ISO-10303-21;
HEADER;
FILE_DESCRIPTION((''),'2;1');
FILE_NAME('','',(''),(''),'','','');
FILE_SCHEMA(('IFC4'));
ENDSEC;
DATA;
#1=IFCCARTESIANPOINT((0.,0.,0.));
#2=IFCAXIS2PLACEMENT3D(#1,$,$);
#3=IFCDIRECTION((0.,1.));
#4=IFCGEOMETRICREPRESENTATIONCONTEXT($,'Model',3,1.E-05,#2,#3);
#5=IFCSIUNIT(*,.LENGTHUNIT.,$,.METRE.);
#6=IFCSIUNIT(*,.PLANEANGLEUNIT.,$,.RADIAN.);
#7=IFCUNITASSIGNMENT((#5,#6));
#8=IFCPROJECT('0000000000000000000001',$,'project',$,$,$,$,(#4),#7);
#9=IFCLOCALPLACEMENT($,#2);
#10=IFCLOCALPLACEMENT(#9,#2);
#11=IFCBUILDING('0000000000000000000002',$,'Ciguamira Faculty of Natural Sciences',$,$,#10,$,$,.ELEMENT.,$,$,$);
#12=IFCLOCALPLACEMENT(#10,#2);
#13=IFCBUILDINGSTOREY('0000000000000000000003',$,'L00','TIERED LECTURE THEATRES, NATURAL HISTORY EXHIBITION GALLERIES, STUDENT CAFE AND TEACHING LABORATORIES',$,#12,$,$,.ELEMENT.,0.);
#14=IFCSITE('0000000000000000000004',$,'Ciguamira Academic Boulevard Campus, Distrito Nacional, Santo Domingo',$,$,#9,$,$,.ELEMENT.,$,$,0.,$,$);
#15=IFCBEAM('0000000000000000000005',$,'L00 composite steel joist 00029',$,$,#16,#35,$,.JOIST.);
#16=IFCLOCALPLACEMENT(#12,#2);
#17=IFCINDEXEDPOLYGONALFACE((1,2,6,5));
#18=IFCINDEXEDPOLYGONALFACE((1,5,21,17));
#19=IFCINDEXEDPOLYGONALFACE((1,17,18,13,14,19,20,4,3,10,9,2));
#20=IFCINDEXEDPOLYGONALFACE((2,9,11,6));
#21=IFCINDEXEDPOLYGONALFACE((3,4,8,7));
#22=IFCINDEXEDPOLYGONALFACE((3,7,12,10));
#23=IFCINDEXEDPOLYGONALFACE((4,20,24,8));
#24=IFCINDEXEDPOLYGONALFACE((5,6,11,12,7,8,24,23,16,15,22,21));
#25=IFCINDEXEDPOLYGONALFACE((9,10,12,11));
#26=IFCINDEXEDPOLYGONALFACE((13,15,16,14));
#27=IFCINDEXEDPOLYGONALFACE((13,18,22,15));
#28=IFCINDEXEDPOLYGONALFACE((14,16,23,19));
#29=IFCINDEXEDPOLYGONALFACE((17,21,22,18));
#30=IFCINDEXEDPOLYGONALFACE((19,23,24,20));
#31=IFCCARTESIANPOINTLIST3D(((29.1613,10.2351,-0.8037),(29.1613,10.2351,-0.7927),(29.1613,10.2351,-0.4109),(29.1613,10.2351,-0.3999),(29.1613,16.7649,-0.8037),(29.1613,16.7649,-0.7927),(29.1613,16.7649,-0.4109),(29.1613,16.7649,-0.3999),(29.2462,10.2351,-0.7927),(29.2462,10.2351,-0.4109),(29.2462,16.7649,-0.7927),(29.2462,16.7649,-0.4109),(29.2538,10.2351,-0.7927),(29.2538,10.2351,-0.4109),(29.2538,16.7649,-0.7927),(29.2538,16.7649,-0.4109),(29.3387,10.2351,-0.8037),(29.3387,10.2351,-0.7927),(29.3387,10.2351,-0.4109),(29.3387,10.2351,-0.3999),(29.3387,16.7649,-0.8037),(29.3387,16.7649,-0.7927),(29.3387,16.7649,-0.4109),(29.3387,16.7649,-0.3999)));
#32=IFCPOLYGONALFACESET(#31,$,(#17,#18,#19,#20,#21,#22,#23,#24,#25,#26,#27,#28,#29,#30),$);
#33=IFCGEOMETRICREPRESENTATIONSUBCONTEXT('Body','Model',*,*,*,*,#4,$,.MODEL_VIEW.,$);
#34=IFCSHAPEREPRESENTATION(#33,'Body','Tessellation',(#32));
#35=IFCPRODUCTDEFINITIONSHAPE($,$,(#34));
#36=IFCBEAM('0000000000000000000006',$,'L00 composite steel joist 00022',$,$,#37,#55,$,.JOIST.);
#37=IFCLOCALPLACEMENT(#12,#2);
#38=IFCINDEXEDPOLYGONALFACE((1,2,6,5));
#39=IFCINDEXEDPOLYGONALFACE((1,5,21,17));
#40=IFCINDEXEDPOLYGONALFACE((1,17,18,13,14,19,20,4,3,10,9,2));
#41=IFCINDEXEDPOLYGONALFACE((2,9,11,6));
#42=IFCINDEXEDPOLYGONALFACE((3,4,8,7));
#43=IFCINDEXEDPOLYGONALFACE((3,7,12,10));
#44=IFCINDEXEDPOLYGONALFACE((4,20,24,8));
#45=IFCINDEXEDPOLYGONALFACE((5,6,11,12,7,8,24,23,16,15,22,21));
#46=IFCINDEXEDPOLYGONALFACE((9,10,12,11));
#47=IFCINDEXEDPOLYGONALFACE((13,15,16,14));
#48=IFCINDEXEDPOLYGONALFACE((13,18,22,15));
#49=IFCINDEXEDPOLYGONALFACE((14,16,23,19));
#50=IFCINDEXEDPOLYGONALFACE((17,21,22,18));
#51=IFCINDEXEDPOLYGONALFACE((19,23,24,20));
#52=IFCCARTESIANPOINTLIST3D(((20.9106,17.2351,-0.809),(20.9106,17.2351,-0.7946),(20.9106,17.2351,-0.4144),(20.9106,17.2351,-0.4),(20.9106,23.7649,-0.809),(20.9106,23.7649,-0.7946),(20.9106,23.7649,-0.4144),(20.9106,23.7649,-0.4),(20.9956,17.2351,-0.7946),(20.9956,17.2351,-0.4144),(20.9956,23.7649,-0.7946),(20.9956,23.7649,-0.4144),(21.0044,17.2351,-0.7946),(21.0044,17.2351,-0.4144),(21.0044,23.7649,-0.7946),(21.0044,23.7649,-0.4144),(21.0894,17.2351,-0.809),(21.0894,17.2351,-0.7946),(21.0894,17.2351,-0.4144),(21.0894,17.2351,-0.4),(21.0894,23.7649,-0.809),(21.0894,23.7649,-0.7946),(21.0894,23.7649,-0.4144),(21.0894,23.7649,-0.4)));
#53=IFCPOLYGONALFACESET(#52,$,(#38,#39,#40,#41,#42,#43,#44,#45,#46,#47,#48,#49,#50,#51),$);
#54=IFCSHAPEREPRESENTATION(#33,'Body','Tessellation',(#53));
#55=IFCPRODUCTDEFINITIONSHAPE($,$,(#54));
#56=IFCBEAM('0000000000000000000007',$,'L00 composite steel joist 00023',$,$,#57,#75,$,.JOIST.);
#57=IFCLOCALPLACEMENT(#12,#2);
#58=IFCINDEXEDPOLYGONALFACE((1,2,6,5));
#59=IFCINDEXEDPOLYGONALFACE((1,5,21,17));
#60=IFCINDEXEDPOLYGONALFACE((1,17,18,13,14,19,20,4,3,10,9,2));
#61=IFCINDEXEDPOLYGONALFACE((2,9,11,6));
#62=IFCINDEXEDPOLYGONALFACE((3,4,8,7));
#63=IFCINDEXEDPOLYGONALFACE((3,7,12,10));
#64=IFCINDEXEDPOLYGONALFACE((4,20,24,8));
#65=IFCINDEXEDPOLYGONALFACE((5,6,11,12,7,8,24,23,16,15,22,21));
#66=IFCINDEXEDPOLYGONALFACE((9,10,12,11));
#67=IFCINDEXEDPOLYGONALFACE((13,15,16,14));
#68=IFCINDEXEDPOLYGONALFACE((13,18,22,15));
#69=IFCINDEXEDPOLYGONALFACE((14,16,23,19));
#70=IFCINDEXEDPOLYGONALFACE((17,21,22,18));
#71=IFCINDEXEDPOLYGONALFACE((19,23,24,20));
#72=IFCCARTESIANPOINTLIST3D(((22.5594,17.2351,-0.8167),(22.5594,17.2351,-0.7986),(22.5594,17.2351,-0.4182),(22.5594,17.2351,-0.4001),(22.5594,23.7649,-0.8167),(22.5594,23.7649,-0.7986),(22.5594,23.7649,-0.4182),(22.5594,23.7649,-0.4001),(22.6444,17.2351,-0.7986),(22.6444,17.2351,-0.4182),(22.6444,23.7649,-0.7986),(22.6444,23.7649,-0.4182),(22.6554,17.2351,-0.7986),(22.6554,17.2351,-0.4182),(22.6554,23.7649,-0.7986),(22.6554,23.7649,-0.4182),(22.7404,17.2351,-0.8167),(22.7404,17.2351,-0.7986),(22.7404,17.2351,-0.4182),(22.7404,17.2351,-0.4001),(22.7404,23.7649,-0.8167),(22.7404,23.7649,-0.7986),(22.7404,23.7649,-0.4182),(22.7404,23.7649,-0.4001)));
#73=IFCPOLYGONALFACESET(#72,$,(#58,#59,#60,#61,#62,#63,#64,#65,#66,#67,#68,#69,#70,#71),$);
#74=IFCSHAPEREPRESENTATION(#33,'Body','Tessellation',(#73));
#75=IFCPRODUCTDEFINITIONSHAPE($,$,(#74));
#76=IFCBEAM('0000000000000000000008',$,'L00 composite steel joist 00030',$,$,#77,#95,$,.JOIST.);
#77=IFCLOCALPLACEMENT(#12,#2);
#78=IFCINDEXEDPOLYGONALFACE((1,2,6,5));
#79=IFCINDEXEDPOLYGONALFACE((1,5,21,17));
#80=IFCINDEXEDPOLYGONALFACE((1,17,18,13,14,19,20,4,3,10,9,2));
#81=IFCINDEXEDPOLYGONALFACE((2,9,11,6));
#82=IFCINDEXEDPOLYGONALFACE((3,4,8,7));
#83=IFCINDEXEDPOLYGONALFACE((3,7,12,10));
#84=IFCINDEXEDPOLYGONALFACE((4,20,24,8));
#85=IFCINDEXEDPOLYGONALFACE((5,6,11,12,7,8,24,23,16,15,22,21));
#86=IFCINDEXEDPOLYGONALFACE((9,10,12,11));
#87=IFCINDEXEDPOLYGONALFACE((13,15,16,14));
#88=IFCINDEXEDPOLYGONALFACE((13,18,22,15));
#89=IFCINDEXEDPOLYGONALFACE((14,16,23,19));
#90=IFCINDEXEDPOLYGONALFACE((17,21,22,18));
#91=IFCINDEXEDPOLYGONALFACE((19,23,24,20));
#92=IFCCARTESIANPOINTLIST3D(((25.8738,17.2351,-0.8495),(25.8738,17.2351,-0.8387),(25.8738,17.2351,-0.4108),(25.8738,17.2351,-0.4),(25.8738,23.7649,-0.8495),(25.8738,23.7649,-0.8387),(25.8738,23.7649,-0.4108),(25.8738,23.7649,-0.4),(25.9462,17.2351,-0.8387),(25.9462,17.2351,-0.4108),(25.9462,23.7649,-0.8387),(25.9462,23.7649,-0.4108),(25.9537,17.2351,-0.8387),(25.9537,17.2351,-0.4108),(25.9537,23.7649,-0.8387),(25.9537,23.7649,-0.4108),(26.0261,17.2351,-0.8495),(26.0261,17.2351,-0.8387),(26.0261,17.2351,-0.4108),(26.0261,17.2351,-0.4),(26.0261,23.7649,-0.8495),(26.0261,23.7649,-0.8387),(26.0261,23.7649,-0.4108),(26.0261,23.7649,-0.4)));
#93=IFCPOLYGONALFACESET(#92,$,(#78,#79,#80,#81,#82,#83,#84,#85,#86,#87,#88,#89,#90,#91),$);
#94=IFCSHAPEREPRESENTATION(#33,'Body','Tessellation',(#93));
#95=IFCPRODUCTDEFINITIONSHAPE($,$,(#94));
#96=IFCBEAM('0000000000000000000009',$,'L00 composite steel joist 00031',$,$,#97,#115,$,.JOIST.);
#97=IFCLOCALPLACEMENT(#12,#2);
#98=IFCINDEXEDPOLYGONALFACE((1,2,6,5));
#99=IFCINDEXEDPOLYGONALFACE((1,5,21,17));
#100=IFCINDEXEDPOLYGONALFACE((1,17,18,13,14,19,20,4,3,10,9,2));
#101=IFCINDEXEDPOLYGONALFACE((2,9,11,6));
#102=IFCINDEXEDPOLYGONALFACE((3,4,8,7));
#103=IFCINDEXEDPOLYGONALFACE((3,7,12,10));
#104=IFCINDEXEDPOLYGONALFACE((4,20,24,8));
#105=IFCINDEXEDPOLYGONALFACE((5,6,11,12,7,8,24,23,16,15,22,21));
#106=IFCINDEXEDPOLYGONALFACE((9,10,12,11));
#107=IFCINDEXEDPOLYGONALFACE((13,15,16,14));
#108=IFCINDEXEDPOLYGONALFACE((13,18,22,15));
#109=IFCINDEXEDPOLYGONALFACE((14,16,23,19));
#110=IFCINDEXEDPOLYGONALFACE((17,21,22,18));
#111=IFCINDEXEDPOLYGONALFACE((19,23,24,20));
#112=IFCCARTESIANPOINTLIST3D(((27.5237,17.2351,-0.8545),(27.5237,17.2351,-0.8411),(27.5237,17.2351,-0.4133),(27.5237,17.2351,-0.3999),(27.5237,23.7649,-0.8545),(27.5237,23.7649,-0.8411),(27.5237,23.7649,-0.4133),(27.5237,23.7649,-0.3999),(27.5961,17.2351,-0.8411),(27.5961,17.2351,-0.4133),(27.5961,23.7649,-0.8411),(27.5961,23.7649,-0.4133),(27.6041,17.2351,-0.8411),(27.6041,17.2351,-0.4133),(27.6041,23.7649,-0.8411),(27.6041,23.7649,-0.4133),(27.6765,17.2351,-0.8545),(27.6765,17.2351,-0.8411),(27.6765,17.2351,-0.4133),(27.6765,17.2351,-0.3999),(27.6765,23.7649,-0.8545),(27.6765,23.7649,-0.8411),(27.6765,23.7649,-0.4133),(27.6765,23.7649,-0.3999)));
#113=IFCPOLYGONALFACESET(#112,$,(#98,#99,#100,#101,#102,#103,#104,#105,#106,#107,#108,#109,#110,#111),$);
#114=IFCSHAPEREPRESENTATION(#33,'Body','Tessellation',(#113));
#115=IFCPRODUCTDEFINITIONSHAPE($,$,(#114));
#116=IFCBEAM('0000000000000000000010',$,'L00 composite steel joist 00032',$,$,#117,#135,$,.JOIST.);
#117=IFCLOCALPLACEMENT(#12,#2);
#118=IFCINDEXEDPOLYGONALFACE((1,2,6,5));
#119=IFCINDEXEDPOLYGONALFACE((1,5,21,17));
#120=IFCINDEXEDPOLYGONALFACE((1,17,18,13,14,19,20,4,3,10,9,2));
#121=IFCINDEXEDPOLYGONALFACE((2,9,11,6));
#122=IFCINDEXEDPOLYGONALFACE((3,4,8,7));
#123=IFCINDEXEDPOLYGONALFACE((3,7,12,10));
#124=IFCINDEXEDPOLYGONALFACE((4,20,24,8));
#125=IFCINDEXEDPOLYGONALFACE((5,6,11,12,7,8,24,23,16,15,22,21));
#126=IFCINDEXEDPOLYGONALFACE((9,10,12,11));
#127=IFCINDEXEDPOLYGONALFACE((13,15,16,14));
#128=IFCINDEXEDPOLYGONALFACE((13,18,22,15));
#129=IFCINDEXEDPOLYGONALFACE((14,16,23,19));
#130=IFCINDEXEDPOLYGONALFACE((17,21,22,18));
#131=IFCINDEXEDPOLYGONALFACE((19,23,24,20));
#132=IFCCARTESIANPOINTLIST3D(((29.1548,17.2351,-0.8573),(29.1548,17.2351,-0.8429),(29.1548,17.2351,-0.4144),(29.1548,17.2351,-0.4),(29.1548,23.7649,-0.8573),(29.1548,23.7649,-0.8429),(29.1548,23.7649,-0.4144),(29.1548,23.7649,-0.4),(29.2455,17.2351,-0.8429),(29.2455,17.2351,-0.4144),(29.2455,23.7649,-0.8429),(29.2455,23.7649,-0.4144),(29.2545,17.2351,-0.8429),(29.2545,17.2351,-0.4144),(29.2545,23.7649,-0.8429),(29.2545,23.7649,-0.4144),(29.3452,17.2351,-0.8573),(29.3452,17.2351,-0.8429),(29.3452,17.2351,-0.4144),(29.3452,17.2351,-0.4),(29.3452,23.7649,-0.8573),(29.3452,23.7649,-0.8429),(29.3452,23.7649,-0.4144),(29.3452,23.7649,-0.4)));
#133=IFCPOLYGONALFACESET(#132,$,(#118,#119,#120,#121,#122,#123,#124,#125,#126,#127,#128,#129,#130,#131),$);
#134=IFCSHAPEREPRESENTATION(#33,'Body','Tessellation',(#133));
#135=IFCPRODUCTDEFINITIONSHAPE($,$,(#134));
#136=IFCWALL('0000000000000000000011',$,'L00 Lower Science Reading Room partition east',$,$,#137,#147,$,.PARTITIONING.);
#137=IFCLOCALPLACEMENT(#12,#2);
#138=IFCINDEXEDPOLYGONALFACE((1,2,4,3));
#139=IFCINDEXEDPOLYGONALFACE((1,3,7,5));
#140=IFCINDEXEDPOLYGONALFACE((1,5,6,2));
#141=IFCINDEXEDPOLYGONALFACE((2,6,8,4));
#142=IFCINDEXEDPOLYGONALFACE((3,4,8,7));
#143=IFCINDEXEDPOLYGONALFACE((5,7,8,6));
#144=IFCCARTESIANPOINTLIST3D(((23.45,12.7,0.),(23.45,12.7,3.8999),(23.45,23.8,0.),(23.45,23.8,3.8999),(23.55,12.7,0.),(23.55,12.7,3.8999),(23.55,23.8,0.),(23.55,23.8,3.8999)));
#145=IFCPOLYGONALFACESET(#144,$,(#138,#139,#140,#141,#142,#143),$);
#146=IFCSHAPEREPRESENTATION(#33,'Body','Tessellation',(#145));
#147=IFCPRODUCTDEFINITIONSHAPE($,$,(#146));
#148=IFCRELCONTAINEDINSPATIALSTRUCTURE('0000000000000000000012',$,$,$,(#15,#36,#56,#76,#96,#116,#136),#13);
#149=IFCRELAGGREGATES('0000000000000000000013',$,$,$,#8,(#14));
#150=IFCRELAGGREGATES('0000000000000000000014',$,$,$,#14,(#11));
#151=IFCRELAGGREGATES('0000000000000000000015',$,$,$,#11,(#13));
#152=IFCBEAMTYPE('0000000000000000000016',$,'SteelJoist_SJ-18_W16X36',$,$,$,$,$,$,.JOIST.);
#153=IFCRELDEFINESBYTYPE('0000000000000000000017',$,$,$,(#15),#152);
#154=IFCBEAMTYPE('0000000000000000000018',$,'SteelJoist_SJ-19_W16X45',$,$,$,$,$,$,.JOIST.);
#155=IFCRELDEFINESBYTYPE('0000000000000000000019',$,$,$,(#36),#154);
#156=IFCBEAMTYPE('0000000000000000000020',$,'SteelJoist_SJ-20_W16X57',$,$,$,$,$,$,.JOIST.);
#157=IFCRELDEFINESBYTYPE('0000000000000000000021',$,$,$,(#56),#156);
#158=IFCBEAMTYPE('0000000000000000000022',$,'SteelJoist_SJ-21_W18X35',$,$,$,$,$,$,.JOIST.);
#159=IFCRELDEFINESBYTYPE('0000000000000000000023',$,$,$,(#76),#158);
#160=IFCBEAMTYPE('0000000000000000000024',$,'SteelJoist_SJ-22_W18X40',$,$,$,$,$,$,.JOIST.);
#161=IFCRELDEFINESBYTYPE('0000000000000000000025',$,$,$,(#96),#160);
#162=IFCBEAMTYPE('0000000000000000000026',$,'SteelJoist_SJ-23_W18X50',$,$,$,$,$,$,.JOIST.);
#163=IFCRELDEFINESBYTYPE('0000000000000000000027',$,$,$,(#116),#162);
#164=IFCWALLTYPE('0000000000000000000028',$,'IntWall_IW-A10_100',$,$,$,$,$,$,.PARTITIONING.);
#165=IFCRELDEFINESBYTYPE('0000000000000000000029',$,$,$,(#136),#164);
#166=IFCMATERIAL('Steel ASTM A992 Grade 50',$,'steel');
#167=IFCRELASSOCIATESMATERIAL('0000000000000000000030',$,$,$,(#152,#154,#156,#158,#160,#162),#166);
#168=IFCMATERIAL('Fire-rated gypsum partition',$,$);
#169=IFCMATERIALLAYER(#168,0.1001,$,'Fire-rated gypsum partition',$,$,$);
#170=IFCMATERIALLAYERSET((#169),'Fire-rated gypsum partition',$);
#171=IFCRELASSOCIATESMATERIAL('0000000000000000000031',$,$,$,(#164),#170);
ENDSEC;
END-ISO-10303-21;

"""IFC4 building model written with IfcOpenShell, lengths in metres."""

from ifc_helpers import new_model, si_unit, direction, frame, frame_2d, origin, origin_2d, place, context, subcontext, project, spatial, rectangle, i_section, extrude, material, layer, layer_set, material_profile, profile_set, type_object, element, save


model = new_model("IFC4")

# Units and contexts
model_context = context("Model", 3, precision=1e-05, world=origin(), true_north=direction((0.0, 1.0)))
body_context = subcontext(model_context, "Body", "Model", "MODEL_VIEW")
ifc_project = project(units=[si_unit("LENGTHUNIT", "METRE"), si_unit("PLANEANGLEUNIT", "RADIAN")], contexts=[model_context])

# Site, building, storey
site_placement = place(None, origin())
site = spatial("IfcSite", under=ifc_project, at=site_placement, Name="Ciguamira Academic Boulevard Campus, Distrito Nacional, Santo Domingo", CompositionType="ELEMENT", RefElevation=0.0)
building_placement = place(site_placement, origin())
building = spatial("IfcBuilding", under=site, at=building_placement, Name="Ciguamira Faculty of Natural Sciences", CompositionType="ELEMENT")
storey_placement = place(building_placement, origin())
storey = spatial("IfcBuildingStorey", under=building, at=storey_placement, Name="L00", Description="TIERED LECTURE THEATRES, NATURAL HISTORY EXHIBITION GALLERIES, STUDENT CAFE AND TEACHING LABORATORIES", CompositionType="ELEMENT", Elevation=0.0)

# Beams
ifc_material_1 = material(Name="Steel ASTM A992 Grade 50", Category="steel")
ifc_material_profile_1 = material_profile(ifc_material_1, i_section(OverallWidth=0.1775, OverallDepth=0.4038, WebThickness=0.0076, FlangeThickness=0.011, at=origin_2d()), Name="W16X36")
ifc_profile_set_1 = profile_set([ifc_material_profile_1], Name="Steel ASTM A992 Grade 50")
beam_type_1 = type_object("IfcBeamType", Name="SteelJoist_SJ-18_W16X36", PredefinedType="JOIST", material=ifc_profile_set_1)
beam_1_placement = place(storey_placement, frame((29.25, 10.2351, -0.6018), z_axis=(0.0, 1.0, 0.0), x_axis=(-1.0, 0.0, 0.0)))
element("IfcBeam", 1, at=beam_1_placement, inside=storey, type_object=beam_type_1, Name="L00 composite steel joist 00029", PredefinedType="JOIST", context=body_context, shape_type="SweptSolid", body=[
    extrude(i_section(OverallWidth=0.1775, OverallDepth=0.4038, WebThickness=0.0076, FlangeThickness=0.011, at=origin_2d()), origin(), (0.0, 0.0, 1.0), 6.5298),
])
ifc_material_profile_2 = material_profile(ifc_material_1, i_section(OverallWidth=0.1787, OverallDepth=0.4089, WebThickness=0.0088, FlangeThickness=0.0144, at=origin_2d()), Name="W16X45")
ifc_profile_set_2 = profile_set([ifc_material_profile_2], Name="Steel ASTM A992 Grade 50")
beam_type_2 = type_object("IfcBeamType", Name="SteelJoist_SJ-19_W16X45", PredefinedType="JOIST", material=ifc_profile_set_2)
beam_2_placement = place(storey_placement, frame((21.0, 17.2351, -0.6045), z_axis=(0.0, 1.0, 0.0), x_axis=(-1.0, 0.0, 0.0)))
element("IfcBeam", 2, at=beam_2_placement, inside=storey, type_object=beam_type_2, Name="L00 composite steel joist 00022", PredefinedType="JOIST", context=body_context, shape_type="SweptSolid", body=[
    extrude(i_section(OverallWidth=0.1787, OverallDepth=0.4089, WebThickness=0.0088, FlangeThickness=0.0144, at=origin_2d()), origin(), (0.0, 0.0, 1.0), 6.5298),
])
ifc_material_profile_3 = material_profile(ifc_material_1, i_section(OverallWidth=0.1809, OverallDepth=0.4165, WebThickness=0.011, FlangeThickness=0.0181, at=origin_2d()), Name="W16X57")
ifc_profile_set_3 = profile_set([ifc_material_profile_3], Name="Steel ASTM A992 Grade 50")
beam_type_3 = type_object("IfcBeamType", Name="SteelJoist_SJ-20_W16X57", PredefinedType="JOIST", material=ifc_profile_set_3)
beam_3_placement = place(storey_placement, frame((22.6499, 17.2351, -0.6084), z_axis=(0.0, 1.0, 0.0), x_axis=(-1.0, 0.0, 0.0)))
element("IfcBeam", 3, at=beam_3_placement, inside=storey, type_object=beam_type_3, Name="L00 composite steel joist 00023", PredefinedType="JOIST", context=body_context, shape_type="SweptSolid", body=[
    extrude(i_section(OverallWidth=0.1809, OverallDepth=0.4165, WebThickness=0.011, FlangeThickness=0.0181, at=origin_2d()), origin(), (0.0, 0.0, 1.0), 6.5298),
])
ifc_material_profile_4 = material_profile(ifc_material_1, i_section(OverallWidth=0.1523, OverallDepth=0.4495, WebThickness=0.0076, FlangeThickness=0.0107, at=origin_2d()), Name="W18X35")
ifc_profile_set_4 = profile_set([ifc_material_profile_4], Name="Steel ASTM A992 Grade 50")
beam_type_4 = type_object("IfcBeamType", Name="SteelJoist_SJ-21_W18X35", PredefinedType="JOIST", material=ifc_profile_set_4)
beam_4_placement = place(storey_placement, frame((25.95, 17.2351, -0.6248), z_axis=(0.0, 1.0, 0.0), x_axis=(-1.0, 0.0, 0.0)))
element("IfcBeam", 4, at=beam_4_placement, inside=storey, type_object=beam_type_4, Name="L00 composite steel joist 00030", PredefinedType="JOIST", context=body_context, shape_type="SweptSolid", body=[
    extrude(i_section(OverallWidth=0.1523, OverallDepth=0.4495, WebThickness=0.0076, FlangeThickness=0.0107, at=origin_2d()), origin(), (0.0, 0.0, 1.0), 6.5298),
])
ifc_material_profile_5 = material_profile(ifc_material_1, i_section(OverallWidth=0.1528, OverallDepth=0.4546, WebThickness=0.0081, FlangeThickness=0.0134, at=origin_2d()), Name="W18X40")
ifc_profile_set_5 = profile_set([ifc_material_profile_5], Name="Steel ASTM A992 Grade 50")
beam_type_5 = type_object("IfcBeamType", Name="SteelJoist_SJ-22_W18X40", PredefinedType="JOIST", material=ifc_profile_set_5)
beam_5_placement = place(storey_placement, frame((27.6001, 17.2351, -0.6272), z_axis=(0.0, 1.0, 0.0), x_axis=(-1.0, 0.0, 0.0)))
element("IfcBeam", 5, at=beam_5_placement, inside=storey, type_object=beam_type_5, Name="L00 composite steel joist 00031", PredefinedType="JOIST", context=body_context, shape_type="SweptSolid", body=[
    extrude(i_section(OverallWidth=0.1528, OverallDepth=0.4546, WebThickness=0.0081, FlangeThickness=0.0134, at=origin_2d()), origin(), (0.0, 0.0, 1.0), 6.5298),
])
ifc_material_profile_6 = material_profile(ifc_material_1, i_section(OverallWidth=0.1904, OverallDepth=0.4573, WebThickness=0.009, FlangeThickness=0.0144, at=origin_2d()), Name="W18X50")
ifc_profile_set_6 = profile_set([ifc_material_profile_6], Name="Steel ASTM A992 Grade 50")
beam_type_6 = type_object("IfcBeamType", Name="SteelJoist_SJ-23_W18X50", PredefinedType="JOIST", material=ifc_profile_set_6)
beam_6_placement = place(storey_placement, frame((29.25, 17.2351, -0.6287), z_axis=(0.0, 1.0, 0.0), x_axis=(-1.0, 0.0, 0.0)))
element("IfcBeam", 6, at=beam_6_placement, inside=storey, type_object=beam_type_6, Name="L00 composite steel joist 00032", PredefinedType="JOIST", context=body_context, shape_type="SweptSolid", body=[
    extrude(i_section(OverallWidth=0.1904, OverallDepth=0.4573, WebThickness=0.009, FlangeThickness=0.0144, at=origin_2d()), origin(), (0.0, 0.0, 1.0), 6.5298),
])

# Wall
ifc_material_2 = material(Name="Fire-rated gypsum partition")
ifc_layer = layer(ifc_material_2, 0.1001, Name="Fire-rated gypsum partition")
ifc_layer_set = layer_set([ifc_layer], Name="Fire-rated gypsum partition")
wall_type = type_object("IfcWallType", Name="IntWall_IW-A10_100", PredefinedType="PARTITIONING", material=ifc_layer_set)
wall_1_placement = place(storey_placement, frame((23.5, 12.7, 0.0), z_axis=(0.0, 0.0, 1.0), x_axis=(0.0, 1.0, 0.0)))
element("IfcWall", 7, at=wall_1_placement, inside=storey, type_object=wall_type, Name="L00 Lower Science Reading Room partition east", PredefinedType="PARTITIONING", context=body_context, shape_type="SweptSolid", body=[
    extrude(rectangle(XDim=11.1001, YDim=0.1001, at=frame_2d((5.55, 0.0))), origin(), (0.0, 0.0, 1.0), 3.8999),
])

save(model, "model.ifc")
